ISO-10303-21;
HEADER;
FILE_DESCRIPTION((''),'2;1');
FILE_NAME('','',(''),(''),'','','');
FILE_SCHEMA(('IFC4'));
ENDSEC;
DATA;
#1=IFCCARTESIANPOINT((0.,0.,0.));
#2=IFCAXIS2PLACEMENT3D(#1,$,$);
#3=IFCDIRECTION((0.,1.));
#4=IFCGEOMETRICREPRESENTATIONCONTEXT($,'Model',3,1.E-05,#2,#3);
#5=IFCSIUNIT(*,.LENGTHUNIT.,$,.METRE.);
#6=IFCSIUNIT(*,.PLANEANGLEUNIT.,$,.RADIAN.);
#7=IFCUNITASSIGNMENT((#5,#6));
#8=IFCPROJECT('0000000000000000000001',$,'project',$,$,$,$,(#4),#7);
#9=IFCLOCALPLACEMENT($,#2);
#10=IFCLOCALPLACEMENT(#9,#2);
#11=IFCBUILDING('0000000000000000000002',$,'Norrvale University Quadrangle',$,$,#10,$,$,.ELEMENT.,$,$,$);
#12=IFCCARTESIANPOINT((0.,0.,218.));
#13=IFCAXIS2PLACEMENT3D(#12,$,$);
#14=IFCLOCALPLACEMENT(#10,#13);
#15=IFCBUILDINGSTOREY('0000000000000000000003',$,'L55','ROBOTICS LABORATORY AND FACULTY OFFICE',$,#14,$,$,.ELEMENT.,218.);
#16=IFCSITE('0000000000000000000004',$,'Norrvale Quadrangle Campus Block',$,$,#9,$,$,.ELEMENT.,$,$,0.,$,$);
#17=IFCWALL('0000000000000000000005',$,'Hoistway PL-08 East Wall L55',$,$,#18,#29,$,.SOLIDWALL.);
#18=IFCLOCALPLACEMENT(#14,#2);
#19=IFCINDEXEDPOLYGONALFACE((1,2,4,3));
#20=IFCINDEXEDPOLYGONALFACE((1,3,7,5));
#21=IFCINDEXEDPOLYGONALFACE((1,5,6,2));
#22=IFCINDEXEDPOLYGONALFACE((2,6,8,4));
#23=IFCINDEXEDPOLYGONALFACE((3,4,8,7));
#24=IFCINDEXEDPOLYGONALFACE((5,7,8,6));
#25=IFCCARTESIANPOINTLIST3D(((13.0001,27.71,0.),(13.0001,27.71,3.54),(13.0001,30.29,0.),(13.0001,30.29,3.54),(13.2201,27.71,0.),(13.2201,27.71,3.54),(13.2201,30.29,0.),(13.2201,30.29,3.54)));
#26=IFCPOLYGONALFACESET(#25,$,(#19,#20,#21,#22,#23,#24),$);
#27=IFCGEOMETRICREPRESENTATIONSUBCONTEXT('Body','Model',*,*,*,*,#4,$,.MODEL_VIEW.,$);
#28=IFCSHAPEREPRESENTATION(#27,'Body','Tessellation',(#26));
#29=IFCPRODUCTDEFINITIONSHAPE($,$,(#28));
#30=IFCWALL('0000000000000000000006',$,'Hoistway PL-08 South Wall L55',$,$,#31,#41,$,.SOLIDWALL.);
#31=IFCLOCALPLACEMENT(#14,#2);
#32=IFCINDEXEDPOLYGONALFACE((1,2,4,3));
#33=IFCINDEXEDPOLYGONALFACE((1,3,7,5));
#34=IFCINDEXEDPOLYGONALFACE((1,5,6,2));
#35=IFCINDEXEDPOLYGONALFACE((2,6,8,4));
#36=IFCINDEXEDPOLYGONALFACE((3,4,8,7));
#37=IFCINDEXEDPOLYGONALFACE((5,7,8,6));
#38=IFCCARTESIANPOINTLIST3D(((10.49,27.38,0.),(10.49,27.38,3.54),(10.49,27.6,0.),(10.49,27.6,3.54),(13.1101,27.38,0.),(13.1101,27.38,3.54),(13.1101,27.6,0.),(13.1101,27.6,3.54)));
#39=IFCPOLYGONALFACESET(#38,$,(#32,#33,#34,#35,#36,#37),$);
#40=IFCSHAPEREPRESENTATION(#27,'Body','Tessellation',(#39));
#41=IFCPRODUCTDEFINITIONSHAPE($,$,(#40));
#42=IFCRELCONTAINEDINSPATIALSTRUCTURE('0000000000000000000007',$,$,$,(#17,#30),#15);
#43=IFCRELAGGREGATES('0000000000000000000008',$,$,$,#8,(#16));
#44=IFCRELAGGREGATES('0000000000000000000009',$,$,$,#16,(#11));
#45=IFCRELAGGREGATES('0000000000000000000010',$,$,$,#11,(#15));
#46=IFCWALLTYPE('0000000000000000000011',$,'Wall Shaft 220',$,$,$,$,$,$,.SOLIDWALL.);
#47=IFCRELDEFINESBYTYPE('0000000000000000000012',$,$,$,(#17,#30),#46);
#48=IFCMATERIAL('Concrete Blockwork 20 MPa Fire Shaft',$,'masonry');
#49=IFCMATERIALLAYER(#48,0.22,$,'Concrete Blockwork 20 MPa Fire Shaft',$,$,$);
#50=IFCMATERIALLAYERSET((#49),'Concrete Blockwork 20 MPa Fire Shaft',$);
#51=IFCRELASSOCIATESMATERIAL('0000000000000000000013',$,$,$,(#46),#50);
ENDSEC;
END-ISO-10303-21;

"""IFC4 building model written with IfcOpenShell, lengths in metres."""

from ifc_helpers import new_model, si_unit, direction, frame, frame_2d, origin, place, context, subcontext, project, spatial, rectangle, extrude, material, layer, layer_set, type_object, element, save


model = new_model("IFC4")

# Units and contexts
model_context = context("Model", 3, precision=1e-05, world=origin(), true_north=direction((0.0, 1.0)))
body_context = subcontext(model_context, "Body", "Model", "MODEL_VIEW")
ifc_project = project(units=[si_unit("LENGTHUNIT", "METRE"), si_unit("PLANEANGLEUNIT", "RADIAN")], contexts=[model_context])

# Site, building, storey
site_placement = place(None, origin())
site = spatial("IfcSite", under=ifc_project, at=site_placement, Name="Norrvale Quadrangle Campus Block", CompositionType="ELEMENT", RefElevation=0.0)
building_placement = place(site_placement, origin())
building = spatial("IfcBuilding", under=site, at=building_placement, Name="Norrvale University Quadrangle", CompositionType="ELEMENT")
storey_placement = place(building_placement, frame((0.0, 0.0, 218.0)))
storey = spatial("IfcBuildingStorey", under=building, at=storey_placement, Name="L55", Description="ROBOTICS LABORATORY AND FACULTY OFFICE", CompositionType="ELEMENT", Elevation=218.0)

# Shared definitions
ifc_material_1 = material(Name="Concrete Blockwork 20 MPa Fire Shaft", Category="masonry")
ifc_layer_1 = layer(ifc_material_1, 0.22, Name="Concrete Blockwork 20 MPa Fire Shaft")
ifc_layer_set_1 = layer_set([ifc_layer_1], Name="Concrete Blockwork 20 MPa Fire Shaft")
wall_type_1 = type_object("IfcWallType", Name="Wall Shaft 220", PredefinedType="SOLIDWALL", material=ifc_layer_set_1)

# Walls
wall_1_placement = place(storey_placement, frame((13.1101, 27.71, 0.0), z_axis=(0.0, 0.0, 1.0), x_axis=(0.0, 1.0, 0.0)))
element("IfcWall", 1, at=wall_1_placement, inside=storey, type_object=wall_type_1, Name="Hoistway PL-08 East Wall L55", PredefinedType="SOLIDWALL", context=body_context, shape_type="SweptSolid", body=[
    extrude(rectangle(XDim=2.5801, YDim=0.22, at=frame_2d((1.29, 0.0))), origin(), (0.0, 0.0, 1.0), 3.54),
])
wall_2_placement = place(storey_placement, frame((10.49, 27.49, 0.0), z_axis=(0.0, 0.0, 1.0), x_axis=(1.0, 0.0, 0.0)))
element("IfcWall", 2, at=wall_2_placement, inside=storey, type_object=wall_type_1, Name="Hoistway PL-08 South Wall L55", PredefinedType="SOLIDWALL", context=body_context, shape_type="SweptSolid", body=[
    extrude(rectangle(XDim=2.6201, YDim=0.22, at=frame_2d((1.3101, 0.0))), origin(), (0.0, 0.0, 1.0), 3.54),
])

save(model, "model.ifc")
